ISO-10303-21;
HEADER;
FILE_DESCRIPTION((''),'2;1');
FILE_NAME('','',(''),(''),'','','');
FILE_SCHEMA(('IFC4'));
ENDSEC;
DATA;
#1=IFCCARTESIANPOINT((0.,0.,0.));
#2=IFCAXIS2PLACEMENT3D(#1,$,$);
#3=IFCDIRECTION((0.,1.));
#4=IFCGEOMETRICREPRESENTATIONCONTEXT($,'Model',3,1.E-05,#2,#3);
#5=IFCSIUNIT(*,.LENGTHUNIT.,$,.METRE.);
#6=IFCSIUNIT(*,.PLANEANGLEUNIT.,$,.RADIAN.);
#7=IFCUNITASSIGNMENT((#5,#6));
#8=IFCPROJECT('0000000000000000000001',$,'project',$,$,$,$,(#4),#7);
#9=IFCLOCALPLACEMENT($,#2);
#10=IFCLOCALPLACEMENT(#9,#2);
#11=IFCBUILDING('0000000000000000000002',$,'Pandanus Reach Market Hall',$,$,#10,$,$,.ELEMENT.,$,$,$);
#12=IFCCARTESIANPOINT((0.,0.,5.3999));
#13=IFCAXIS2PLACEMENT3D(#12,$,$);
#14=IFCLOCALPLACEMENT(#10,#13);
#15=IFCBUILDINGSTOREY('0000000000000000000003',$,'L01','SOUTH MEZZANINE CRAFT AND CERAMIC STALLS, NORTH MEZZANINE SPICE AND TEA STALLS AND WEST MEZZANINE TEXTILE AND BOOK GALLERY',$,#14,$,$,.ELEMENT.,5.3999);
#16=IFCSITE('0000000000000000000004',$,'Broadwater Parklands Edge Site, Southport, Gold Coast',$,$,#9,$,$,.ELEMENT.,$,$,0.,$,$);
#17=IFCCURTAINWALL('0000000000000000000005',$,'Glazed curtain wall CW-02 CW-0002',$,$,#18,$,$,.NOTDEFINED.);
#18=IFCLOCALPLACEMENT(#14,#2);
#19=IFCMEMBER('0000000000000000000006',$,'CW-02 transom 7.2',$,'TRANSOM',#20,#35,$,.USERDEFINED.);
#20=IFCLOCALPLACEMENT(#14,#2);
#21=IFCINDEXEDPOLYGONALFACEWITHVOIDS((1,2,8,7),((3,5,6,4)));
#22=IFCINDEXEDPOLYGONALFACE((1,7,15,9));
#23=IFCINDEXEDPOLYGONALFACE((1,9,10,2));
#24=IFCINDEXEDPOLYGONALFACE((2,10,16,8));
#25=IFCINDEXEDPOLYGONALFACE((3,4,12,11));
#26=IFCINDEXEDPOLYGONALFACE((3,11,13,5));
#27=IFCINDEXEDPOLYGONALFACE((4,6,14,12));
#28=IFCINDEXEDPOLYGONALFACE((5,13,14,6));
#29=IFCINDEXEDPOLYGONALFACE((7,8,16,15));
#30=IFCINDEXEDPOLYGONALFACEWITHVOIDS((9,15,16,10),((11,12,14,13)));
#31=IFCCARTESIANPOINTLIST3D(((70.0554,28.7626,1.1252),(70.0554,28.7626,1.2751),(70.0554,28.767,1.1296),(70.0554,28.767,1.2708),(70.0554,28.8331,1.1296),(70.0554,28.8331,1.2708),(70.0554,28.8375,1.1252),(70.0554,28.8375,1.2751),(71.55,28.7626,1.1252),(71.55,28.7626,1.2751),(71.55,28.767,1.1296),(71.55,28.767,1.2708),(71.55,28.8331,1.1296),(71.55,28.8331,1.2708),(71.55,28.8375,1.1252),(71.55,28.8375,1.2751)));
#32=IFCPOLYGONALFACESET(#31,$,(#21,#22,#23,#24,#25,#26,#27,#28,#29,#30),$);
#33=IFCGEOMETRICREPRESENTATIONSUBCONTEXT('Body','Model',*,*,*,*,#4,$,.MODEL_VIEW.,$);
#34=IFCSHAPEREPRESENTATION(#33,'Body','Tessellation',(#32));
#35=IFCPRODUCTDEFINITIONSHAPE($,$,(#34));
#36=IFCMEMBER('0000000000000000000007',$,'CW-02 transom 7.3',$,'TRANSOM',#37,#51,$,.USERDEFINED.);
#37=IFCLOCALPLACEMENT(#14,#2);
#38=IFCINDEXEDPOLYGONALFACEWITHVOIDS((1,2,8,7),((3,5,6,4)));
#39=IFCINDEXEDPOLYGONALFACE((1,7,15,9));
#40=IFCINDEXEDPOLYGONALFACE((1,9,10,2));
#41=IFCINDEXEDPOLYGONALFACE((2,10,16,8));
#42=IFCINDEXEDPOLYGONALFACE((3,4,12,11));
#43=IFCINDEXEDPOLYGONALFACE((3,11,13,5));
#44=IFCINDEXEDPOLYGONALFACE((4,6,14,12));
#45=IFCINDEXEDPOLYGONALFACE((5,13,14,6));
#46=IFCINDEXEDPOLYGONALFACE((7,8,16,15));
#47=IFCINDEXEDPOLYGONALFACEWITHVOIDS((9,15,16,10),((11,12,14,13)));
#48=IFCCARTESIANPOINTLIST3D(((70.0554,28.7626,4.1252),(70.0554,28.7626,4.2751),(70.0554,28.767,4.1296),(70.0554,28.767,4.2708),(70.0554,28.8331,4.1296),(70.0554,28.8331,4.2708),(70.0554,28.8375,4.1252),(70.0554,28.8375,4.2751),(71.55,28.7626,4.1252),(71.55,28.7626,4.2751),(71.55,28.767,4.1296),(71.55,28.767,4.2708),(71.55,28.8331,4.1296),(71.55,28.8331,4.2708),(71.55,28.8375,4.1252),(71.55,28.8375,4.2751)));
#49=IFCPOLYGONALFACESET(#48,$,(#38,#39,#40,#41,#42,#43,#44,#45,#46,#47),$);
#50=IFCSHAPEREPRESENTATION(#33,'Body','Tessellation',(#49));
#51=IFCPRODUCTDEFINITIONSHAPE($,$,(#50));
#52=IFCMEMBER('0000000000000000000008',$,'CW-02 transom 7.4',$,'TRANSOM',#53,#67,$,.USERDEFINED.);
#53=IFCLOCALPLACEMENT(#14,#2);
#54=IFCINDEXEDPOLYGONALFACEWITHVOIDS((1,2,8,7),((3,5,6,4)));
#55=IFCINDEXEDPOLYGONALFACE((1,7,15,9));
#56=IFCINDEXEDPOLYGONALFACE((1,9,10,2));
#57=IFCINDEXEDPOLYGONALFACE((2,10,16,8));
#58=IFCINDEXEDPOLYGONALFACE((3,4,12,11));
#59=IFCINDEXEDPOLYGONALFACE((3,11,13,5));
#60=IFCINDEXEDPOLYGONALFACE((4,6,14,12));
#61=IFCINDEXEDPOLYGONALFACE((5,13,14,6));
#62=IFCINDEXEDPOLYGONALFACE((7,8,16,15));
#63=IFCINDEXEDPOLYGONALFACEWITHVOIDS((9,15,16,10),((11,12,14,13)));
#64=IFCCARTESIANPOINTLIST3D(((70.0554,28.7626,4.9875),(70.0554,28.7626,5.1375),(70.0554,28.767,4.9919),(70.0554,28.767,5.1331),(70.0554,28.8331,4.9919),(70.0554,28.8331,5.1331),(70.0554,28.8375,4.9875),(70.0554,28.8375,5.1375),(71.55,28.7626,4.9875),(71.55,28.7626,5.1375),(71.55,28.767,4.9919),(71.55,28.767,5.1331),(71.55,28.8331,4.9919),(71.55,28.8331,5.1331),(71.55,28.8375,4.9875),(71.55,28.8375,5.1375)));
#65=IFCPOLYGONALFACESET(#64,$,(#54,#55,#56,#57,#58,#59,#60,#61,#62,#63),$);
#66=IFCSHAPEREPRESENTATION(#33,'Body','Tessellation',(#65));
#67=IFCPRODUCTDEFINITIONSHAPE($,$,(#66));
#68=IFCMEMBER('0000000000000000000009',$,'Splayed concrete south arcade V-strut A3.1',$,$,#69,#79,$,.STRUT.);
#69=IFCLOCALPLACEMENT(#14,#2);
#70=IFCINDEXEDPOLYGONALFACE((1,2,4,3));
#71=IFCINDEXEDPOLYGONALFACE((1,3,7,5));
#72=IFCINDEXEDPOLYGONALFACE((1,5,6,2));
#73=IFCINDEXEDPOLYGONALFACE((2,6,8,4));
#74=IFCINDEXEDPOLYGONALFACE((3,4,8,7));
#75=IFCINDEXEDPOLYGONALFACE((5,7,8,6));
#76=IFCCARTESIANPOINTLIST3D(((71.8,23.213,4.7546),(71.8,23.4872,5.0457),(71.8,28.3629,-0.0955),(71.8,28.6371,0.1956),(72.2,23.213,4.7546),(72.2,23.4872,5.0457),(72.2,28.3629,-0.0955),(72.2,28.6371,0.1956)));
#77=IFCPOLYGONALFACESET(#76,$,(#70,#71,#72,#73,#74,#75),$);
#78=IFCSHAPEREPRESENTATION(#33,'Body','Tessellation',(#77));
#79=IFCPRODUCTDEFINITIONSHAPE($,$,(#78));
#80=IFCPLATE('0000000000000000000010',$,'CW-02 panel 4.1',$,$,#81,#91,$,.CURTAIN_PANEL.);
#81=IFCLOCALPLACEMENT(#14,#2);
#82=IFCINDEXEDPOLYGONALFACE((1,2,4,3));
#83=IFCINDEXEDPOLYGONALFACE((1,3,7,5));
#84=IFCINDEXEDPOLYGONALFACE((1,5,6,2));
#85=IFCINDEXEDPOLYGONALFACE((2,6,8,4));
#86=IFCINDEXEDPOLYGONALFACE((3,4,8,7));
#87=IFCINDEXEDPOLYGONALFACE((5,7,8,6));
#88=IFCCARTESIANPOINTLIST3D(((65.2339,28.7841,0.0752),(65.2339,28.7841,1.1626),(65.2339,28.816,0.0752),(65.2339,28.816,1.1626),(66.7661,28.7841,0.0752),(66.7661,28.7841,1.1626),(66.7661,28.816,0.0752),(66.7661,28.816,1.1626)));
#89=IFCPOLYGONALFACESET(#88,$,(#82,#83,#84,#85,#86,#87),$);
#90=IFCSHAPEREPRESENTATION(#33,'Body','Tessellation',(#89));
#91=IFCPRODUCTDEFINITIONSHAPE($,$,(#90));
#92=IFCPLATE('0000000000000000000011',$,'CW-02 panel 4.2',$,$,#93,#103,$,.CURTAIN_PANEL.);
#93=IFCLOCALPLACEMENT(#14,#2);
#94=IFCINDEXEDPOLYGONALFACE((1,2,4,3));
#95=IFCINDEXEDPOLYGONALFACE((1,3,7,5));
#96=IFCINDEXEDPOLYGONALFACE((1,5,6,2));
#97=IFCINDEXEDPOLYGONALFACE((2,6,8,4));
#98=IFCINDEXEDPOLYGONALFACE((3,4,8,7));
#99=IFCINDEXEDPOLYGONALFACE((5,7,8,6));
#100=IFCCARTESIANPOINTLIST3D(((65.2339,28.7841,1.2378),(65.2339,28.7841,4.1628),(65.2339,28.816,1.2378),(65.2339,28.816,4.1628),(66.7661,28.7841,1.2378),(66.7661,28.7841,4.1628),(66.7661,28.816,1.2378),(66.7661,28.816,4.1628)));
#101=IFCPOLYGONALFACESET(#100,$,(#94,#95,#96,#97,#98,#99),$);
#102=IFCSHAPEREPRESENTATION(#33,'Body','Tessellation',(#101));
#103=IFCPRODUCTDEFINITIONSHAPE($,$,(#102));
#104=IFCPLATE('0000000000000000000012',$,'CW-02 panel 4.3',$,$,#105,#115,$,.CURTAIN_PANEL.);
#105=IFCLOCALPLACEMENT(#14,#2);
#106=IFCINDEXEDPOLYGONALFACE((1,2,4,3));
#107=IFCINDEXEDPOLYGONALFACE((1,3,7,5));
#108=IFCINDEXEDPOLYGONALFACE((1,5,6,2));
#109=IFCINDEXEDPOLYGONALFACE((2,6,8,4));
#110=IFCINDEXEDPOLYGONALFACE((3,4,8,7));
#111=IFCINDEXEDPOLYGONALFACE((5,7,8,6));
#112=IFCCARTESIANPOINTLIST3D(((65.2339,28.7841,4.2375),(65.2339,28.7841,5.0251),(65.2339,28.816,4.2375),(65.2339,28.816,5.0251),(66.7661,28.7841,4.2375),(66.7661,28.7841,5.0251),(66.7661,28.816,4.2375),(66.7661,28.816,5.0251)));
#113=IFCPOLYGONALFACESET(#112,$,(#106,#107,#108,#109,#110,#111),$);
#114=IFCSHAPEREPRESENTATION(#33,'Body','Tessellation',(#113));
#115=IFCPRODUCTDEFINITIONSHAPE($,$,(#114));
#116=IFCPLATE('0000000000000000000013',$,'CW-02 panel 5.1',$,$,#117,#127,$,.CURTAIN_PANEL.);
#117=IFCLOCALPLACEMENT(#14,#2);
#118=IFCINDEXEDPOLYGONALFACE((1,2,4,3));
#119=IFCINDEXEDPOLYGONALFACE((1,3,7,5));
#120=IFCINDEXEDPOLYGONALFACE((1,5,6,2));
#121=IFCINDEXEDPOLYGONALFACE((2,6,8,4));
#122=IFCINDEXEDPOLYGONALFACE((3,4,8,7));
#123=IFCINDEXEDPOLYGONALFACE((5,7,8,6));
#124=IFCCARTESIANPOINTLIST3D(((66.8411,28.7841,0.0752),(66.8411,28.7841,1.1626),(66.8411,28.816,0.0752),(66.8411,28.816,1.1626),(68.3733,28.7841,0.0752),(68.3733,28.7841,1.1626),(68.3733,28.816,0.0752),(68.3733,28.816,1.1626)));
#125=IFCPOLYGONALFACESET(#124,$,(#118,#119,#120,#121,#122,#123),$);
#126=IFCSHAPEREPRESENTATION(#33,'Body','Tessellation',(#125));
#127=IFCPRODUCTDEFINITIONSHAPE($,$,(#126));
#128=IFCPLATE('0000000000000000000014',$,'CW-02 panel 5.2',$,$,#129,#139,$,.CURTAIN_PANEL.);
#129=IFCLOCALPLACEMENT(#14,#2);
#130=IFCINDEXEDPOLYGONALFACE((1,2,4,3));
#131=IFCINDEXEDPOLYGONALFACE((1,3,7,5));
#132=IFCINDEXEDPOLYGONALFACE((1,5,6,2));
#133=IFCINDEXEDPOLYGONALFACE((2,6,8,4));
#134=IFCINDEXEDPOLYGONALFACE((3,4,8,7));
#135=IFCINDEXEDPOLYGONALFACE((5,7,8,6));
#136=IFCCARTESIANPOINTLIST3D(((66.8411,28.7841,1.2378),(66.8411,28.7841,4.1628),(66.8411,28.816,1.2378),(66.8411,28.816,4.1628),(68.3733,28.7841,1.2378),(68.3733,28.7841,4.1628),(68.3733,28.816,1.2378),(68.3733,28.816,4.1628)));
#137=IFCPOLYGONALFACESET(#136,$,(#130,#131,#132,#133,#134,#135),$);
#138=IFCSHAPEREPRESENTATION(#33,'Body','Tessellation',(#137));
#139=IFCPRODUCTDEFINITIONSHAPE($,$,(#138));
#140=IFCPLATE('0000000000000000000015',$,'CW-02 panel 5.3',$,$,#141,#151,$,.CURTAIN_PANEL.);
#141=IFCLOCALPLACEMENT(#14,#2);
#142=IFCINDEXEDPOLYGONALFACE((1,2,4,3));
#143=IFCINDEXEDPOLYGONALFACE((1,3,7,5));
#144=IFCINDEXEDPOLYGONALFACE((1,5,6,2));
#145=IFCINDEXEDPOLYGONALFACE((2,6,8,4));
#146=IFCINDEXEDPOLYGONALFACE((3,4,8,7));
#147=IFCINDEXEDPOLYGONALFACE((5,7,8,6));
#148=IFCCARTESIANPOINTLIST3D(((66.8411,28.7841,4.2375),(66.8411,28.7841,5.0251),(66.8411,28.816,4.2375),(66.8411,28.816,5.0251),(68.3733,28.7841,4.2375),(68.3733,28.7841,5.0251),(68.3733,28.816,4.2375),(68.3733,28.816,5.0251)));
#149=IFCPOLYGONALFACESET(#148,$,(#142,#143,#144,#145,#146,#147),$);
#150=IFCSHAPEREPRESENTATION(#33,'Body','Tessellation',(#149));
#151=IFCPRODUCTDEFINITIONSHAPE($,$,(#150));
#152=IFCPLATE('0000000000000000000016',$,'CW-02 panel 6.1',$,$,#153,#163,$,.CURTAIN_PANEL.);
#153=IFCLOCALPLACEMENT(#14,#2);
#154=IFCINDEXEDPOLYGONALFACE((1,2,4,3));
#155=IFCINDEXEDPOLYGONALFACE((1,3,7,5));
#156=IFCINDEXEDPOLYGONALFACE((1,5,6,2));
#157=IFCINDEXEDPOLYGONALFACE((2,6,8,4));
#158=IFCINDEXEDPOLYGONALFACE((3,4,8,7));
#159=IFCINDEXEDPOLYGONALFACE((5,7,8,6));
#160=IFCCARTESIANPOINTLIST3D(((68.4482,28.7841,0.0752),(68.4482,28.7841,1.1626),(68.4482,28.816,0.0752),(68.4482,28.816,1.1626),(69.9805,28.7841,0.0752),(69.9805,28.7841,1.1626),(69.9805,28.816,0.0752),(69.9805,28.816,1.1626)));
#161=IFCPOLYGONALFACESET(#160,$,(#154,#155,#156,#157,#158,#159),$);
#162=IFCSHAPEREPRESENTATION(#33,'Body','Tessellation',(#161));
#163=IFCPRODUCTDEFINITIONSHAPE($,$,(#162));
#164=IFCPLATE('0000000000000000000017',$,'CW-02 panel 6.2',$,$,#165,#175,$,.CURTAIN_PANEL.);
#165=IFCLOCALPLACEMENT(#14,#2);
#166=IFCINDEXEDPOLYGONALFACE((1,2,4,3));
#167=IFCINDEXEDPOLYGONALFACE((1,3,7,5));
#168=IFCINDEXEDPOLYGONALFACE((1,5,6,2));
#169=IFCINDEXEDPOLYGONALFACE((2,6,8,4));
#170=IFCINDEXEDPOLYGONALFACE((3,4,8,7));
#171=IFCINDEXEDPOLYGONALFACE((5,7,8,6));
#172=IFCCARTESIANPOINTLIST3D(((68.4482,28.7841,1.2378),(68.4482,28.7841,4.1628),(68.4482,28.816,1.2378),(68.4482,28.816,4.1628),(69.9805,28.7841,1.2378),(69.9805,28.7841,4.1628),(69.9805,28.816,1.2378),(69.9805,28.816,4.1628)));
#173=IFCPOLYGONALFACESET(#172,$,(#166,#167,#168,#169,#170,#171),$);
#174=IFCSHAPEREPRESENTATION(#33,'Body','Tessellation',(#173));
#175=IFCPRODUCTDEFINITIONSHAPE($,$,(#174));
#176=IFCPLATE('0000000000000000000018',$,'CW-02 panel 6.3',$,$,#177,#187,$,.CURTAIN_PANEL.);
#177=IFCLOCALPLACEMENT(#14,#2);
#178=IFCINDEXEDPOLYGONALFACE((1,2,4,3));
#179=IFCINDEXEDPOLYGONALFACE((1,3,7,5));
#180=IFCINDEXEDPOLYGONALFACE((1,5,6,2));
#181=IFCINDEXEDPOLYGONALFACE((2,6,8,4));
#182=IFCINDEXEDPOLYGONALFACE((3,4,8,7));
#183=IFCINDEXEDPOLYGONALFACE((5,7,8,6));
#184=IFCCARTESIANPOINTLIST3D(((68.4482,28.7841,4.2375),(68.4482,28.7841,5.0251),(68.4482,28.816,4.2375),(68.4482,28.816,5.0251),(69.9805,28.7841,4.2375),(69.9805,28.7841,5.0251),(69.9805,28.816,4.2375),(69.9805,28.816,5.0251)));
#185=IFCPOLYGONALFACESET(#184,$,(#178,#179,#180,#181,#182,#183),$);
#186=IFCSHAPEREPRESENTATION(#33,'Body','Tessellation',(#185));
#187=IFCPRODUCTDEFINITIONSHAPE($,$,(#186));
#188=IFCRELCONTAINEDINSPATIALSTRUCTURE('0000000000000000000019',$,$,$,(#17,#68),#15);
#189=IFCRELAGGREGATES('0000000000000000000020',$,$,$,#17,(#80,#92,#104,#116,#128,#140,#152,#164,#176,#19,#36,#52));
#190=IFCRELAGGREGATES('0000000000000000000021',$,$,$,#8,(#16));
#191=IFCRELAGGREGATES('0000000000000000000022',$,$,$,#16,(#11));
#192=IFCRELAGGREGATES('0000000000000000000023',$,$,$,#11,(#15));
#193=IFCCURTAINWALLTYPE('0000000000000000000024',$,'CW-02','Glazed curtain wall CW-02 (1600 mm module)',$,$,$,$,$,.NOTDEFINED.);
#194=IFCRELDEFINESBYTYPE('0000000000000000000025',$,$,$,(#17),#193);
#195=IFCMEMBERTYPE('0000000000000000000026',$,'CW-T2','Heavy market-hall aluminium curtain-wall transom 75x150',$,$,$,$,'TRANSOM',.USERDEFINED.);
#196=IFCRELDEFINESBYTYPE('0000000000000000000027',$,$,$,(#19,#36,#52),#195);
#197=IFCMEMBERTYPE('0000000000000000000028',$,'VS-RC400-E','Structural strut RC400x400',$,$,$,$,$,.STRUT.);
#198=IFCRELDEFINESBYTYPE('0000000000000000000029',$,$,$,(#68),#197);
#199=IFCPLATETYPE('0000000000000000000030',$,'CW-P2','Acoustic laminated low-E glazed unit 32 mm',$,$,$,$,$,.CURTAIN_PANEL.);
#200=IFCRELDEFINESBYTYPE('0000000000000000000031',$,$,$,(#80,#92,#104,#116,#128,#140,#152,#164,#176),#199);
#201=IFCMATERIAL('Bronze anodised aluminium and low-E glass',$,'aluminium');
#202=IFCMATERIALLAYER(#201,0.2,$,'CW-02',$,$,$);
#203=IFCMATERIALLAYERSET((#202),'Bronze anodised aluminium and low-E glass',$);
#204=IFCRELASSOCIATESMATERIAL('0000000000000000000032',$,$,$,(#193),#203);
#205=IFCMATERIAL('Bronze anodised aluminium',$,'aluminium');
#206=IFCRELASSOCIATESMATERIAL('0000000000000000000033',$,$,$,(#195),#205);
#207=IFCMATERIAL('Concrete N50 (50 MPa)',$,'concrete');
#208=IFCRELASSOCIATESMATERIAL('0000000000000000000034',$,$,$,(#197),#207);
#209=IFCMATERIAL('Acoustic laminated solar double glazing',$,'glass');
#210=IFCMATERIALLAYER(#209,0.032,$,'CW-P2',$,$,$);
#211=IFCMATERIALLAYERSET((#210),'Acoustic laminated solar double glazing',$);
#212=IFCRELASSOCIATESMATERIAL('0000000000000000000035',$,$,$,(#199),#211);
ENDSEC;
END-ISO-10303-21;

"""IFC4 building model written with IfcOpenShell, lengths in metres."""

from ifc_helpers import new_model, si_unit, direction, frame, origin, origin_2d, place, context, subcontext, project, spatial, rectangle, hollow_rectangle, extrude, material, layer, layer_set, material_profile, profile_set, type_object, element, aggregate, save


model = new_model("IFC4")

# Units and contexts
model_context = context("Model", 3, precision=1e-05, world=origin(), true_north=direction((0.0, 1.0)))
body_context = subcontext(model_context, "Body", "Model", "MODEL_VIEW")
ifc_project = project(units=[si_unit("LENGTHUNIT", "METRE"), si_unit("PLANEANGLEUNIT", "RADIAN")], contexts=[model_context])

# Site, building, storey
site_placement = place(None, origin())
site = spatial("IfcSite", under=ifc_project, at=site_placement, Name="Broadwater Parklands Edge Site, Southport, Gold Coast", CompositionType="ELEMENT", RefElevation=0.0)
building_placement = place(site_placement, origin())
building = spatial("IfcBuilding", under=site, at=building_placement, Name="Pandanus Reach Market Hall", CompositionType="ELEMENT")
storey_placement = place(building_placement, frame((0.0, 0.0, 5.3999)))
storey = spatial("IfcBuildingStorey", under=building, at=storey_placement, Name="L01", Description="SOUTH MEZZANINE CRAFT AND CERAMIC STALLS, NORTH MEZZANINE SPICE AND TEA STALLS AND WEST MEZZANINE TEXTILE AND BOOK GALLERY", CompositionType="ELEMENT", Elevation=5.3999)

# Shared definitions
ifc_material_1 = material(Name="Concrete N50 (50 MPa)", Category="concrete")

# Curtain wall, members
ifc_material_2 = material(Name="Bronze anodised aluminium and low-E glass", Category="aluminium")
ifc_layer_1 = layer(ifc_material_2, 0.2, Name="CW-02")
ifc_layer_set_1 = layer_set([ifc_layer_1], Name="Bronze anodised aluminium and low-E glass")
curtain_wall_type = type_object("IfcCurtainWallType", Name="CW-02", Description="Glazed curtain wall CW-02 (1600 mm module)", PredefinedType="NOTDEFINED", material=ifc_layer_set_1)
curtain_wall_placement = place(storey_placement, origin())
curtain_wall = element("IfcCurtainWall", 1, at=curtain_wall_placement, inside=storey, type_object=curtain_wall_type, Name="Glazed curtain wall CW-02 CW-0002", PredefinedType="NOTDEFINED")
ifc_material_3 = material(Name="Bronze anodised aluminium", Category="aluminium")
ifc_material_profile_1 = material_profile(ifc_material_3, hollow_rectangle(XDim=0.075, YDim=0.1499, WallThickness=0.0044, at=origin_2d()), Name="ALU75x150", Category="LoadBearing")
ifc_profile_set_1 = profile_set([ifc_material_profile_1], Name="Bronze anodised aluminium")
member_type_1 = type_object("IfcMemberType", Name="CW-T2", Description="Heavy market-hall aluminium curtain-wall transom 75x150", ElementType="TRANSOM", PredefinedType="USERDEFINED", material=ifc_profile_set_1)
member_1_placement = place(storey_placement, frame((70.0554, 28.8, 1.2002), z_axis=(1.0, 0.0, 0.0), x_axis=(0.0, 1.0, 0.0)))
member_1 = element("IfcMember", 2, at=member_1_placement, type_object=member_type_1, Name="CW-02 transom 7.2", ObjectType="TRANSOM", PredefinedType="USERDEFINED", context=body_context, shape_type="SweptSolid", body=[
    extrude(hollow_rectangle(XDim=0.075, YDim=0.1499, WallThickness=0.0044, at=origin_2d()), origin(), (0.0, 0.0, 1.0), 1.4946),
])
member_2_placement = place(storey_placement, frame((70.0554, 28.8, 4.2002), z_axis=(1.0, 0.0, 0.0), x_axis=(0.0, 1.0, 0.0)))
member_2 = element("IfcMember", 3, at=member_2_placement, type_object=member_type_1, Name="CW-02 transom 7.3", ObjectType="TRANSOM", PredefinedType="USERDEFINED", context=body_context, shape_type="SweptSolid", body=[
    extrude(hollow_rectangle(XDim=0.075, YDim=0.1499, WallThickness=0.0044, at=origin_2d()), origin(), (0.0, 0.0, 1.0), 1.4946),
])
member_3_placement = place(storey_placement, frame((70.0554, 28.8, 5.0625), z_axis=(1.0, 0.0, 0.0), x_axis=(0.0, 1.0, 0.0)))
member_3 = element("IfcMember", 4, at=member_3_placement, type_object=member_type_1, Name="CW-02 transom 7.4", ObjectType="TRANSOM", PredefinedType="USERDEFINED", context=body_context, shape_type="SweptSolid", body=[
    extrude(hollow_rectangle(XDim=0.075, YDim=0.1499, WallThickness=0.0044, at=origin_2d()), origin(), (0.0, 0.0, 1.0), 1.4946),
])

# Member
ifc_material_profile_2 = material_profile(ifc_material_1, rectangle(XDim=0.3999, YDim=0.3999, at=origin_2d()), Name="RC400x400", Category="LoadBearing")
ifc_profile_set_2 = profile_set([ifc_material_profile_2], Name="Concrete N50 (50 MPa)")
member_type_2 = type_object("IfcMemberType", Name="VS-RC400-E", Description="Structural strut RC400x400", PredefinedType="STRUT", material=ifc_profile_set_2)
member_4_placement = place(storey_placement, frame((72.0, 28.5, 0.05), z_axis=(0.0, -0.727979, 0.685599), x_axis=(1.0, 0.0, 0.0)))
element("IfcMember", 5, at=member_4_placement, inside=storey, type_object=member_type_2, Name="Splayed concrete south arcade V-strut A3.1", PredefinedType="STRUT", context=body_context, shape_type="SweptSolid", body=[
    extrude(rectangle(XDim=0.3999, YDim=0.3999, at=origin_2d()), origin(), (0.0, 0.0, 1.0), 7.0742),
])

# Plates
ifc_material_4 = material(Name="Acoustic laminated solar double glazing", Category="glass")
ifc_layer_2 = layer(ifc_material_4, 0.032, Name="CW-P2")
ifc_layer_set_2 = layer_set([ifc_layer_2], Name="Acoustic laminated solar double glazing")
plate_type_1 = type_object("IfcPlateType", Name="CW-P2", Description="Acoustic laminated low-E glazed unit 32 mm", PredefinedType="CURTAIN_PANEL", material=ifc_layer_set_2)
plate_1_placement = place(storey_placement, frame((66.0, 28.8, 0.0752), z_axis=(0.0, 0.0, 1.0), x_axis=(1.0, 0.0, 0.0)))
plate_1 = element("IfcPlate", 6, at=plate_1_placement, type_object=plate_type_1, Name="CW-02 panel 4.1", PredefinedType="CURTAIN_PANEL", context=body_context, shape_type="SweptSolid", body=[
    extrude(rectangle(XDim=1.5322, YDim=0.032, at=origin_2d()), origin(), (0.0, 0.0, 1.0), 1.0874),
])
plate_2_placement = place(storey_placement, frame((66.0, 28.8, 1.2378), z_axis=(0.0, 0.0, 1.0), x_axis=(1.0, 0.0, 0.0)))
plate_2 = element("IfcPlate", 7, at=plate_2_placement, type_object=plate_type_1, Name="CW-02 panel 4.2", PredefinedType="CURTAIN_PANEL", context=body_context, shape_type="SweptSolid", body=[
    extrude(rectangle(XDim=1.5322, YDim=0.032, at=origin_2d()), origin(), (0.0, 0.0, 1.0), 2.925),
])
plate_3_placement = place(storey_placement, frame((66.0, 28.8, 4.2375), z_axis=(0.0, 0.0, 1.0), x_axis=(1.0, 0.0, 0.0)))
plate_3 = element("IfcPlate", 8, at=plate_3_placement, type_object=plate_type_1, Name="CW-02 panel 4.3", PredefinedType="CURTAIN_PANEL", context=body_context, shape_type="SweptSolid", body=[
    extrude(rectangle(XDim=1.5322, YDim=0.032, at=origin_2d()), origin(), (0.0, 0.0, 1.0), 0.7876),
])
plate_4_placement = place(storey_placement, frame((67.6072, 28.8, 0.0752), z_axis=(0.0, 0.0, 1.0), x_axis=(1.0, 0.0, 0.0)))
plate_4 = element("IfcPlate", 9, at=plate_4_placement, type_object=plate_type_1, Name="CW-02 panel 5.1", PredefinedType="CURTAIN_PANEL", context=body_context, shape_type="SweptSolid", body=[
    extrude(rectangle(XDim=1.5322, YDim=0.032, at=origin_2d()), origin(), (0.0, 0.0, 1.0), 1.0874),
])
plate_5_placement = place(storey_placement, frame((67.6072, 28.8, 1.2378), z_axis=(0.0, 0.0, 1.0), x_axis=(1.0, 0.0, 0.0)))
plate_5 = element("IfcPlate", 10, at=plate_5_placement, type_object=plate_type_1, Name="CW-02 panel 5.2", PredefinedType="CURTAIN_PANEL", context=body_context, shape_type="SweptSolid", body=[
    extrude(rectangle(XDim=1.5322, YDim=0.032, at=origin_2d()), origin(), (0.0, 0.0, 1.0), 2.925),
])
plate_6_placement = place(storey_placement, frame((67.6072, 28.8, 4.2375), z_axis=(0.0, 0.0, 1.0), x_axis=(1.0, 0.0, 0.0)))
plate_6 = element("IfcPlate", 11, at=plate_6_placement, type_object=plate_type_1, Name="CW-02 panel 5.3", PredefinedType="CURTAIN_PANEL", context=body_context, shape_type="SweptSolid", body=[
    extrude(rectangle(XDim=1.5322, YDim=0.032, at=origin_2d()), origin(), (0.0, 0.0, 1.0), 0.7876),
])
plate_7_placement = place(storey_placement, frame((69.2144, 28.8, 0.0752), z_axis=(0.0, 0.0, 1.0), x_axis=(1.0, 0.0, 0.0)))
plate_7 = element("IfcPlate", 12, at=plate_7_placement, type_object=plate_type_1, Name="CW-02 panel 6.1", PredefinedType="CURTAIN_PANEL", context=body_context, shape_type="SweptSolid", body=[
    extrude(rectangle(XDim=1.5322, YDim=0.032, at=origin_2d()), origin(), (0.0, 0.0, 1.0), 1.0874),
])
plate_8_placement = place(storey_placement, frame((69.2144, 28.8, 1.2378), z_axis=(0.0, 0.0, 1.0), x_axis=(1.0, 0.0, 0.0)))
plate_8 = element("IfcPlate", 13, at=plate_8_placement, type_object=plate_type_1, Name="CW-02 panel 6.2", PredefinedType="CURTAIN_PANEL", context=body_context, shape_type="SweptSolid", body=[
    extrude(rectangle(XDim=1.5322, YDim=0.032, at=origin_2d()), origin(), (0.0, 0.0, 1.0), 2.925),
])
plate_9_placement = place(storey_placement, frame((69.2144, 28.8, 4.2375), z_axis=(0.0, 0.0, 1.0), x_axis=(1.0, 0.0, 0.0)))
plate_9 = element("IfcPlate", 14, at=plate_9_placement, type_object=plate_type_1, Name="CW-02 panel 6.3", PredefinedType="CURTAIN_PANEL", context=body_context, shape_type="SweptSolid", body=[
    extrude(rectangle(XDim=1.5322, YDim=0.032, at=origin_2d()), origin(), (0.0, 0.0, 1.0), 0.7876),
])
aggregate(curtain_wall, [plate_1, plate_2, plate_3, plate_4, plate_5, plate_6, plate_7, plate_8, plate_9, member_1, member_2, member_3])

save(model, "model.ifc")
